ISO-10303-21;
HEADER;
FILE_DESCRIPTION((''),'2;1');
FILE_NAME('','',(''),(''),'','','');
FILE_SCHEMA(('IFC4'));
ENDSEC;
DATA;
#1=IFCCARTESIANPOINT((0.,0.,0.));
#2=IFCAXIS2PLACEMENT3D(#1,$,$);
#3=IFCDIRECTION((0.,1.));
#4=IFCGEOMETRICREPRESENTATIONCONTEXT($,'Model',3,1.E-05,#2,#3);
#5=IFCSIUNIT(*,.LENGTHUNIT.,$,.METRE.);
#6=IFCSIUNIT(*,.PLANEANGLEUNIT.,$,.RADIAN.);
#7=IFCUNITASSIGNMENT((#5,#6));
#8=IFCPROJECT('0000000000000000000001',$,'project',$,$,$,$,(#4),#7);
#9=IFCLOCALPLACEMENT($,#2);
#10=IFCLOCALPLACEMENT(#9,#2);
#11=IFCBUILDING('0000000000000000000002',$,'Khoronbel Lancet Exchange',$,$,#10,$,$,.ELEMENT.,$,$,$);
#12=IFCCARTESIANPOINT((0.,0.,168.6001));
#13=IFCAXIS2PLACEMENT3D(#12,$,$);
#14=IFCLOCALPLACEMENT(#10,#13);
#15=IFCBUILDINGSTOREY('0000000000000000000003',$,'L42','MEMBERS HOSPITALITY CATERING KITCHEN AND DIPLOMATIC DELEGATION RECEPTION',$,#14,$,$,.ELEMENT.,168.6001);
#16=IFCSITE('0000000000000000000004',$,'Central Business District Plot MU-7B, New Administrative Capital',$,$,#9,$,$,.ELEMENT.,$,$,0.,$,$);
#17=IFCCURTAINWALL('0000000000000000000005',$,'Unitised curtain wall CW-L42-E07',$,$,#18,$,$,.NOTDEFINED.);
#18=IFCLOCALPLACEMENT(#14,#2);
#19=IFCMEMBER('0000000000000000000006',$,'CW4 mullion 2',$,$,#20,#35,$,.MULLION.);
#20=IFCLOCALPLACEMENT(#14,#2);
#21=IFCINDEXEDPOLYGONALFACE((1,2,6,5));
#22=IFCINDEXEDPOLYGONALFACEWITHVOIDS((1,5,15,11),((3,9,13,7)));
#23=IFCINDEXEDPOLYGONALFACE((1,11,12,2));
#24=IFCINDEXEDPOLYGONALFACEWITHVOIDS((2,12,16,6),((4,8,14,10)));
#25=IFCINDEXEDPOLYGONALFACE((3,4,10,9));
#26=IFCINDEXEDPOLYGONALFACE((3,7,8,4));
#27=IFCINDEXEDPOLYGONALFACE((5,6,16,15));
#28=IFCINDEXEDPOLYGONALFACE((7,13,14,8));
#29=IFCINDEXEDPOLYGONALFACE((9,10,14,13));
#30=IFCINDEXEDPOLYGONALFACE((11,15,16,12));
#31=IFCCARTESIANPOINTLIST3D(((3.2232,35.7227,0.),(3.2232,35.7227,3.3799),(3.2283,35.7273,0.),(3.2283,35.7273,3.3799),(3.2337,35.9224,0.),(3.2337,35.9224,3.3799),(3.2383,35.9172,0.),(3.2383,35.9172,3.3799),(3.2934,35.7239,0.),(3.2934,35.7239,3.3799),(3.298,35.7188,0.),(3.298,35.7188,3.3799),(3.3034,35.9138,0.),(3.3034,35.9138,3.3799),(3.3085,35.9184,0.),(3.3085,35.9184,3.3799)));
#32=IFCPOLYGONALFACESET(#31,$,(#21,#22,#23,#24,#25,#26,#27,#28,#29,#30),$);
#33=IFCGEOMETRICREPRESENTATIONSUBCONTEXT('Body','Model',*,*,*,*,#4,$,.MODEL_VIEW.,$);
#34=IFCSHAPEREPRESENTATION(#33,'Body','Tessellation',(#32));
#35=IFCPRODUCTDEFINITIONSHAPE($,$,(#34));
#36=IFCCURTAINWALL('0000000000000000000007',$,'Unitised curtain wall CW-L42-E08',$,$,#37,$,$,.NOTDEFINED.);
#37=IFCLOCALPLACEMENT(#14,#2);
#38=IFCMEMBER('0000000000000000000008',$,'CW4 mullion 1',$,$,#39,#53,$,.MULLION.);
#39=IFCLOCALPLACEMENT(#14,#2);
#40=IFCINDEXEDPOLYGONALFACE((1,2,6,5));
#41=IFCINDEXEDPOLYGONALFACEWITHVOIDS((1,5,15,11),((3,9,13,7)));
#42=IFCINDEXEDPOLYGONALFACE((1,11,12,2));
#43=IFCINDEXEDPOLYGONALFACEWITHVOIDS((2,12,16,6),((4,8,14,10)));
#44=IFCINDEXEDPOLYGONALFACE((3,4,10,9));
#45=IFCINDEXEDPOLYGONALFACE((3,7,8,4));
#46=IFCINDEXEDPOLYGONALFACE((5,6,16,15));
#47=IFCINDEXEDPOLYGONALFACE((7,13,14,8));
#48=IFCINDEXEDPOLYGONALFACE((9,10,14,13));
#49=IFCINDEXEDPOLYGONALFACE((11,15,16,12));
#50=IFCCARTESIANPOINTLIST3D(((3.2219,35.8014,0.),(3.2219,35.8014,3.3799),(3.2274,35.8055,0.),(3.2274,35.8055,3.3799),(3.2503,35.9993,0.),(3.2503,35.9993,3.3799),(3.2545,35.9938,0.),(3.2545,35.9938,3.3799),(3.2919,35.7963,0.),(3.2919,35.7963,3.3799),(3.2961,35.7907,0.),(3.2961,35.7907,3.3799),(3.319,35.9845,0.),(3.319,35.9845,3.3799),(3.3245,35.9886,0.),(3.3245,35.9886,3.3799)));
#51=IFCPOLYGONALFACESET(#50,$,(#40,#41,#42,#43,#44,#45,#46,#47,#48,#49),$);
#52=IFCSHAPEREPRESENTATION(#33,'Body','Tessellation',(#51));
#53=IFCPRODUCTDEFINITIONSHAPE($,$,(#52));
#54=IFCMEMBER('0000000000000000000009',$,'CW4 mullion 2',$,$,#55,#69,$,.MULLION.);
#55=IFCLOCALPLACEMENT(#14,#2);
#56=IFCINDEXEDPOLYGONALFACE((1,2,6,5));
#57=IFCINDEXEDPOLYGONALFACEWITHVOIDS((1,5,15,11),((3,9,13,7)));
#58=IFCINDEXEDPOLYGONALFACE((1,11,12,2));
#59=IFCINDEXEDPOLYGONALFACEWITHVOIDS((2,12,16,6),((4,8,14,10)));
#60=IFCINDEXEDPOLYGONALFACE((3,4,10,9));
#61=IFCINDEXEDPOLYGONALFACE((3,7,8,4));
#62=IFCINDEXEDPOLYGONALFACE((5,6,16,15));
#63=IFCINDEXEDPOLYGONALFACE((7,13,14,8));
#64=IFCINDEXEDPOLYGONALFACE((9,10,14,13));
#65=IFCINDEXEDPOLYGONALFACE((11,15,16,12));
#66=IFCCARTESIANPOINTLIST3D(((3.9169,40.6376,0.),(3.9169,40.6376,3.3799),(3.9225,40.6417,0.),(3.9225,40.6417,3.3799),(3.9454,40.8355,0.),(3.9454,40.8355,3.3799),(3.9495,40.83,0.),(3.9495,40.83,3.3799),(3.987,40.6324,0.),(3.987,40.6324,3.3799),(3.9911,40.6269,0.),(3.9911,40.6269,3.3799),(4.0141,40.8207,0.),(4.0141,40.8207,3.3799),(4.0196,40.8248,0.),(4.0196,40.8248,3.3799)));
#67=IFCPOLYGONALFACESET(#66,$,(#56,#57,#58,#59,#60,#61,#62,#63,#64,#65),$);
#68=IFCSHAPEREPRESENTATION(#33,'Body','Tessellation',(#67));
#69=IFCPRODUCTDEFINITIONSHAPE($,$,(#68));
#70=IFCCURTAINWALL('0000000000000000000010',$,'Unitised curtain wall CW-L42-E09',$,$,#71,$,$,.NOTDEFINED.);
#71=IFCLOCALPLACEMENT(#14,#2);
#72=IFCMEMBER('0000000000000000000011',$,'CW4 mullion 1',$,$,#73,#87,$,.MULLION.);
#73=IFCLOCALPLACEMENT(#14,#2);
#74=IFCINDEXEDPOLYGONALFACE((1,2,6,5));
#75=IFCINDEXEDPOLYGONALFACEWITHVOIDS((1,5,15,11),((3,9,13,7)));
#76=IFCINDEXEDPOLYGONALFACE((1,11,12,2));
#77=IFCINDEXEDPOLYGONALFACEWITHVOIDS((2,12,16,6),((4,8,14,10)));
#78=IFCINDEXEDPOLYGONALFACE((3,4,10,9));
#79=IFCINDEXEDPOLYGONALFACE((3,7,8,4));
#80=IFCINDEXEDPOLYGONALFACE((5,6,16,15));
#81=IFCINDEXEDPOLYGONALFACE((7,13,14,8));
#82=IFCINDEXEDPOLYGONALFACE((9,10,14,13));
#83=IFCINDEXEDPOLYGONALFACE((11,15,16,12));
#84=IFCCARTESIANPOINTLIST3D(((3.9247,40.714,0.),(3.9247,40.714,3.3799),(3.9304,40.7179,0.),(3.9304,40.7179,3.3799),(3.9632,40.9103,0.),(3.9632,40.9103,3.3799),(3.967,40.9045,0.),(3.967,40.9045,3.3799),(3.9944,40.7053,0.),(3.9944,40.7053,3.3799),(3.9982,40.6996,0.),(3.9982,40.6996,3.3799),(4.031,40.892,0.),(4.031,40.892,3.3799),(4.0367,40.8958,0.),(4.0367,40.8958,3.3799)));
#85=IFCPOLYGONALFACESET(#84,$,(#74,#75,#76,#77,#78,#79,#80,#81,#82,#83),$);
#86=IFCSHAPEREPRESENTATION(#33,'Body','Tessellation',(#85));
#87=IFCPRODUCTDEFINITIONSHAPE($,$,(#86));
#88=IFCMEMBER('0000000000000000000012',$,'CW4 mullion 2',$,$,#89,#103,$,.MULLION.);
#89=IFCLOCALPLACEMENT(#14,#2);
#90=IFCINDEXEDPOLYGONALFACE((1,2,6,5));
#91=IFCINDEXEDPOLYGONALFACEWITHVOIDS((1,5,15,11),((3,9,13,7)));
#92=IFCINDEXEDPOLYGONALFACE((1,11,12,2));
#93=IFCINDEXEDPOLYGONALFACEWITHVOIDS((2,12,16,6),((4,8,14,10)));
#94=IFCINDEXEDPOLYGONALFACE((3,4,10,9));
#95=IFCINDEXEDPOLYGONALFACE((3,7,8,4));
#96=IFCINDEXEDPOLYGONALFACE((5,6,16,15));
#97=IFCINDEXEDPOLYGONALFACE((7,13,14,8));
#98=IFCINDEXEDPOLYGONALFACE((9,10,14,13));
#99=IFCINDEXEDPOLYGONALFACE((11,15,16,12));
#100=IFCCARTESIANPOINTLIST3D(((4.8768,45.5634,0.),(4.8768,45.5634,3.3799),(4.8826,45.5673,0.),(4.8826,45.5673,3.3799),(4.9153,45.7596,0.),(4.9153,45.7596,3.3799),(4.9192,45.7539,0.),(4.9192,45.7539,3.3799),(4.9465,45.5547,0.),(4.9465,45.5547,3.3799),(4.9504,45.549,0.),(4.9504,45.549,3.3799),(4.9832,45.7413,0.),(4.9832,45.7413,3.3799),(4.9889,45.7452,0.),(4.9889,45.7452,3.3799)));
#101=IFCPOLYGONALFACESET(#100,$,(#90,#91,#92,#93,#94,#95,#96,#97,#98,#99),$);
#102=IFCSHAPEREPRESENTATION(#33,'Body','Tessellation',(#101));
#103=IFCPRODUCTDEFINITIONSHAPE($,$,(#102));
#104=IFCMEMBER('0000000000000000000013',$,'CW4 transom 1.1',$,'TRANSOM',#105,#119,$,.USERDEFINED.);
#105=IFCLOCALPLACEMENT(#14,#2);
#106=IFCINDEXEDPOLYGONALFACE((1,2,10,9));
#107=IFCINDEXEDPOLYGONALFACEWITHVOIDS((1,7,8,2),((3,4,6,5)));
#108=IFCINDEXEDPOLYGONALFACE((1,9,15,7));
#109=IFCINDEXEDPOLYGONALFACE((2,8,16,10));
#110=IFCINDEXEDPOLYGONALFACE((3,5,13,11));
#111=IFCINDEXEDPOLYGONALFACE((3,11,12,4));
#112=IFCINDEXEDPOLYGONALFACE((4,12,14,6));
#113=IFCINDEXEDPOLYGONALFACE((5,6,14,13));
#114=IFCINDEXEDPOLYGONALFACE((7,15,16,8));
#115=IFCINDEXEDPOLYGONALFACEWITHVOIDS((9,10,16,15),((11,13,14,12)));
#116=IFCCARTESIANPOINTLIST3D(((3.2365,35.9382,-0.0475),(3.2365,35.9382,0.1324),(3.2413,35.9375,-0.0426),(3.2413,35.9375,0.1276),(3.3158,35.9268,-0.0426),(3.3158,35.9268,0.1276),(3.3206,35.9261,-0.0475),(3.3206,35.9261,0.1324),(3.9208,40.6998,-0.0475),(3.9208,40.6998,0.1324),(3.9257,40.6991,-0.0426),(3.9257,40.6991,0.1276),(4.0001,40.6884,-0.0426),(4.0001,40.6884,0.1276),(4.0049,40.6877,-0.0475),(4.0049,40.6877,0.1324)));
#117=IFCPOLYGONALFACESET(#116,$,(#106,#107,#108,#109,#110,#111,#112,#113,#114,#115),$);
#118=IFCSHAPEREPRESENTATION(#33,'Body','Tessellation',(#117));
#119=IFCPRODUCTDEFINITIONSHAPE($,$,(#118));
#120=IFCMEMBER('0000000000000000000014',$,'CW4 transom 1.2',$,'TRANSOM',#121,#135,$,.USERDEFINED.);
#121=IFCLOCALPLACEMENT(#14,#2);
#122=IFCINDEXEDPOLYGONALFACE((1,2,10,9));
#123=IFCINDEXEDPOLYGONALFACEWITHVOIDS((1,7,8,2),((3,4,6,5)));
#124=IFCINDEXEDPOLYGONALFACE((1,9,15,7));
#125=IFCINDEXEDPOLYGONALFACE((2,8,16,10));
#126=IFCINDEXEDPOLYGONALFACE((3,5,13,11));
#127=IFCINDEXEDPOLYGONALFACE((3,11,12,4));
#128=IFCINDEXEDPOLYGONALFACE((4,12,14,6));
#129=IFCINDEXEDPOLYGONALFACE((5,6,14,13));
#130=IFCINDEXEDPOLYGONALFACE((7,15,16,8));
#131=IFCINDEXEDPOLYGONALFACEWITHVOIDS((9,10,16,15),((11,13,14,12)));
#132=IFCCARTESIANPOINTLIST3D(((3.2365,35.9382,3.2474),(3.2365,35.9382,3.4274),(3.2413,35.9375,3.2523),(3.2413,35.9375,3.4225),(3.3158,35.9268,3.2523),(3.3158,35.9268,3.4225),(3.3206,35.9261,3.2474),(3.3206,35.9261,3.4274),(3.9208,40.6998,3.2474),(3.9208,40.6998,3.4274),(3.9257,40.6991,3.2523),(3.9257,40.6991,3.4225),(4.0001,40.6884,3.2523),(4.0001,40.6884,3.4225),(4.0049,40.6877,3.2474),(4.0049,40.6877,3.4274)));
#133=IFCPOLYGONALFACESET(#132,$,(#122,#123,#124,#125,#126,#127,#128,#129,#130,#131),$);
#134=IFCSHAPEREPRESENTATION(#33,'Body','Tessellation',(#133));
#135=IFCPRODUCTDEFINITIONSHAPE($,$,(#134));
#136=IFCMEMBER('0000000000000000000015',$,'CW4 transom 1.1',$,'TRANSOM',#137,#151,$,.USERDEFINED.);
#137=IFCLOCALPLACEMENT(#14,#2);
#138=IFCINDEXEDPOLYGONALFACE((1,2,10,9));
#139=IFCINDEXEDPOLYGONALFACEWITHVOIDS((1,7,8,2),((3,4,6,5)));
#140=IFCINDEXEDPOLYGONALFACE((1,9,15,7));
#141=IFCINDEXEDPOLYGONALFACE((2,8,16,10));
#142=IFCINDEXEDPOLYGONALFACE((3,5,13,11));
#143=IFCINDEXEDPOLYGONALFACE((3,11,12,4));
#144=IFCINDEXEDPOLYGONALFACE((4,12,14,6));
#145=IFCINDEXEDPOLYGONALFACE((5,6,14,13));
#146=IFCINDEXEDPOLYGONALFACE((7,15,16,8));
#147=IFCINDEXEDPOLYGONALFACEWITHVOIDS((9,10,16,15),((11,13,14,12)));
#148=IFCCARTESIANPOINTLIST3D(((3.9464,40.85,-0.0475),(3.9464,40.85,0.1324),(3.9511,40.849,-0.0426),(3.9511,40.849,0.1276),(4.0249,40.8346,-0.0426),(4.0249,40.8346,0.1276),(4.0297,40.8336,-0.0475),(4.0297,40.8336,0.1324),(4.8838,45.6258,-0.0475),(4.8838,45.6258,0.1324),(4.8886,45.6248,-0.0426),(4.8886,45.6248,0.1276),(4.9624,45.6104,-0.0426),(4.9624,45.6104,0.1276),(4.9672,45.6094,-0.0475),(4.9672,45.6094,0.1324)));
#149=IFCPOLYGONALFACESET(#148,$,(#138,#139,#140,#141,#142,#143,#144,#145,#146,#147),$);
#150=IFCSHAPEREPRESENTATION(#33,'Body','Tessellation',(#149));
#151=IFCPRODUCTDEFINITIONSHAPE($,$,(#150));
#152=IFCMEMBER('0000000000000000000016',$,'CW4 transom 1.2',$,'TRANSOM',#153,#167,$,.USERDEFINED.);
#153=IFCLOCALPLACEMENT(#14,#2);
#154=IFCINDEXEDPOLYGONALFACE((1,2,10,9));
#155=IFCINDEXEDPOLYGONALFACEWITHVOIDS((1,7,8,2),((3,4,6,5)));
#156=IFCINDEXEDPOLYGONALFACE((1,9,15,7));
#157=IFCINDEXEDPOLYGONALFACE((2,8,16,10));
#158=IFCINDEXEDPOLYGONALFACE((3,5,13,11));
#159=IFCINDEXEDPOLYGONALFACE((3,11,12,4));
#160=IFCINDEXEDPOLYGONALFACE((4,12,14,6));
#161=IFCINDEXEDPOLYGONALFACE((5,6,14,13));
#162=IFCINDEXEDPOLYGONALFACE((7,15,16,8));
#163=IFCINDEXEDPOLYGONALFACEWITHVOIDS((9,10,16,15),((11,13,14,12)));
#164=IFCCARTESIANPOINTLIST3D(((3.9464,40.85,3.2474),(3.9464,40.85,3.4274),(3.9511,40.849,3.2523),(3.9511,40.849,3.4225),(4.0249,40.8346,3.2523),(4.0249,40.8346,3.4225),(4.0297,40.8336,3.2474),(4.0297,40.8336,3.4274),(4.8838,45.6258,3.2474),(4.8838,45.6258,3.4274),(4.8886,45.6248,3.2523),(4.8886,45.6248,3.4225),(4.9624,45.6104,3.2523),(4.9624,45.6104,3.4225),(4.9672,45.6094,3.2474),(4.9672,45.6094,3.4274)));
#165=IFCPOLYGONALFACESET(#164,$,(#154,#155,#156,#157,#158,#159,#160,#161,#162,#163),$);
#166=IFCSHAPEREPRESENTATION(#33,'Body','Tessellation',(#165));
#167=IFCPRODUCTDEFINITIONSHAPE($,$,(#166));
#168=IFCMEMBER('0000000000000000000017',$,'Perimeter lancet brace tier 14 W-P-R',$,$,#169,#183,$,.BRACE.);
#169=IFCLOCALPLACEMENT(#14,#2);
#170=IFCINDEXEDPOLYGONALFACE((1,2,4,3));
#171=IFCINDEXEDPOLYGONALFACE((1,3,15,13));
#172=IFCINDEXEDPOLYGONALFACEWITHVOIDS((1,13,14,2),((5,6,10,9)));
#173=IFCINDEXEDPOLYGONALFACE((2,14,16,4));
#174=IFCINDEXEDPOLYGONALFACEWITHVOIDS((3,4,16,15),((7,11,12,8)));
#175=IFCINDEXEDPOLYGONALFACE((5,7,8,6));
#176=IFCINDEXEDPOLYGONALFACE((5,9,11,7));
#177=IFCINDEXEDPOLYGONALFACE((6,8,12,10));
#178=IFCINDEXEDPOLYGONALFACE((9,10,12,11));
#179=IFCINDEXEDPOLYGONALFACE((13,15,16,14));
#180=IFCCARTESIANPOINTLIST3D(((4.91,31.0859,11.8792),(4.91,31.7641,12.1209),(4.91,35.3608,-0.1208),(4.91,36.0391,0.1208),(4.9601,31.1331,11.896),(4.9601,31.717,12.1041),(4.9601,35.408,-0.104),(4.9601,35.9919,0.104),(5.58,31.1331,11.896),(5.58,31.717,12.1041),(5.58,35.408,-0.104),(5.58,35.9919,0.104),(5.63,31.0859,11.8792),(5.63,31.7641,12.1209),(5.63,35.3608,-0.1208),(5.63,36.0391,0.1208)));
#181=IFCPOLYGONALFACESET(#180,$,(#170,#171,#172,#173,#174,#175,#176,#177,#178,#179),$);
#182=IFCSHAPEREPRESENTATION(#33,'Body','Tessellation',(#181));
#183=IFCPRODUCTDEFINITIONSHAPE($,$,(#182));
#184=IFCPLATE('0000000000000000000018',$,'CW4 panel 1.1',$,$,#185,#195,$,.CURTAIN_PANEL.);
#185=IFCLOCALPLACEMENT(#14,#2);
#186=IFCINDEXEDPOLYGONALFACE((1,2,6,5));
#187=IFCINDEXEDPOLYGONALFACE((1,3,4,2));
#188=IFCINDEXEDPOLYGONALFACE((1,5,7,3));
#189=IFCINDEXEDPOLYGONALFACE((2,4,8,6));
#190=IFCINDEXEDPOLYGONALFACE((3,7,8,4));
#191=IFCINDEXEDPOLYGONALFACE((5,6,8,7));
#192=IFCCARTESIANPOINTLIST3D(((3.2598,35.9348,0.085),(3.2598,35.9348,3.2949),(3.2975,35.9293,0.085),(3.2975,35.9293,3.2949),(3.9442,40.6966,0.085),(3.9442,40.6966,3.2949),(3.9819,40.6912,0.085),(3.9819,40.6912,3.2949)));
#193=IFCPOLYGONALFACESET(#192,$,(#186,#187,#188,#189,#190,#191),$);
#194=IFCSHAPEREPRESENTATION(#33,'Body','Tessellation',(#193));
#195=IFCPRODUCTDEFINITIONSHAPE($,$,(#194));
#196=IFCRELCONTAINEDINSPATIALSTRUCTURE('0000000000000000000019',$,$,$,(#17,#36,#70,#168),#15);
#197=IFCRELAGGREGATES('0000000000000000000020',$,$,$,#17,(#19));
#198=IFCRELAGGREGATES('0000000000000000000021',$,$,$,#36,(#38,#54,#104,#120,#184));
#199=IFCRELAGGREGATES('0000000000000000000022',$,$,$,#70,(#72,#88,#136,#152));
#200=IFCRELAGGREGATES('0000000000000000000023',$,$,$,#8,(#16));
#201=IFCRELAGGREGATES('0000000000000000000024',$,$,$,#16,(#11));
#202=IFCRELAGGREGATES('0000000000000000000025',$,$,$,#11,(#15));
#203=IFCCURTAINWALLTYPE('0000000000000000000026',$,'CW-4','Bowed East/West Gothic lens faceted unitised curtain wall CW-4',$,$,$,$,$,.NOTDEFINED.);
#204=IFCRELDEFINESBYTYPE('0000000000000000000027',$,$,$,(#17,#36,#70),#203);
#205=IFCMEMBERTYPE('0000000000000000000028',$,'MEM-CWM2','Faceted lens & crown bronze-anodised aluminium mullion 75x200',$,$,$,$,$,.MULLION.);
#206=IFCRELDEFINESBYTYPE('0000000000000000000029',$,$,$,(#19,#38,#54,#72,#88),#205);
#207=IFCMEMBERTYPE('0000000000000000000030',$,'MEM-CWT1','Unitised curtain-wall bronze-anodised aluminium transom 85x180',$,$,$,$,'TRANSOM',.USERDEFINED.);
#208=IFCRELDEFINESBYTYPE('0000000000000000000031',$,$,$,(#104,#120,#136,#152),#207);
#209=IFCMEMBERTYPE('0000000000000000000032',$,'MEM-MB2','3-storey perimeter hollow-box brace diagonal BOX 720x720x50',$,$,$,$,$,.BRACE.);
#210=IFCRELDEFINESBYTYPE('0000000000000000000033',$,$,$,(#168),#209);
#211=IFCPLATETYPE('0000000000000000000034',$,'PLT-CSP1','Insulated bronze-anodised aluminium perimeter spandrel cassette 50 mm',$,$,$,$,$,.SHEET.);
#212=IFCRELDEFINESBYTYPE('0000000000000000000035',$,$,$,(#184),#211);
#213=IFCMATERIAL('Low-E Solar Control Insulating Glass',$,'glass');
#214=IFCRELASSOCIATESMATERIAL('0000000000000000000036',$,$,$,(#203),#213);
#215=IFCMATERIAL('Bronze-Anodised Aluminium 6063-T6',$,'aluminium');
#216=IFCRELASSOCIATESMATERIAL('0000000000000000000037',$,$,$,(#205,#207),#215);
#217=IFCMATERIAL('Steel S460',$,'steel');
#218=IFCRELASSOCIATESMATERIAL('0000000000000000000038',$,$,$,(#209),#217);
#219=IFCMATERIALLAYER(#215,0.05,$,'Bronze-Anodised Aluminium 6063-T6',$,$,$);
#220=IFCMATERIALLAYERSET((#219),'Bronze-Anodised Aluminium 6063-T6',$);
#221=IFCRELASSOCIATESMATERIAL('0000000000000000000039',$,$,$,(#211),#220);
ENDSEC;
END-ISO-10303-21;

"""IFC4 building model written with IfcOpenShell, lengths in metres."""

from ifc_helpers import new_model, si_unit, direction, frame, origin, origin_2d, place, context, subcontext, project, spatial, rectangle, hollow_rectangle, extrude, material, layer, layer_set, material_profile, profile_set, type_object, element, aggregate, save


model = new_model("IFC4")

# Units and contexts
model_context = context("Model", 3, precision=1e-05, world=origin(), true_north=direction((0.0, 1.0)))
body_context = subcontext(model_context, "Body", "Model", "MODEL_VIEW")
ifc_project = project(units=[si_unit("LENGTHUNIT", "METRE"), si_unit("PLANEANGLEUNIT", "RADIAN")], contexts=[model_context])

# Site, building, storey
site_placement = place(None, origin())
site = spatial("IfcSite", under=ifc_project, at=site_placement, Name="Central Business District Plot MU-7B, New Administrative Capital", CompositionType="ELEMENT", RefElevation=0.0)
building_placement = place(site_placement, origin())
building = spatial("IfcBuilding", under=site, at=building_placement, Name="Khoronbel Lancet Exchange", CompositionType="ELEMENT")
storey_placement = place(building_placement, frame((0.0, 0.0, 168.6001)))
storey = spatial("IfcBuildingStorey", under=building, at=storey_placement, Name="L42", Description="MEMBERS HOSPITALITY CATERING KITCHEN AND DIPLOMATIC DELEGATION RECEPTION", CompositionType="ELEMENT", Elevation=168.6001)

# Shared definitions
ifc_material_1 = material(Name="Steel S460", Category="steel")

# Curtain wall, member
ifc_material_2 = material(Name="Low-E Solar Control Insulating Glass", Category="glass")
curtain_wall_type = type_object("IfcCurtainWallType", Name="CW-4", Description="Bowed East/West Gothic lens faceted unitised curtain wall CW-4", PredefinedType="NOTDEFINED", material=ifc_material_2)
curtain_wall_1_placement = place(storey_placement, origin())
curtain_wall_1 = element("IfcCurtainWall", 1, at=curtain_wall_1_placement, inside=storey, type_object=curtain_wall_type, Name="Unitised curtain wall CW-L42-E07", PredefinedType="NOTDEFINED")
ifc_material_3 = material(Name="Bronze-Anodised Aluminium 6063-T6", Category="aluminium")
ifc_material_profile_1 = material_profile(ifc_material_3, hollow_rectangle(XDim=0.075, YDim=0.2, WallThickness=0.0049, at=origin_2d()), Name="ALU MULLION 75x200")
ifc_profile_set_1 = profile_set([ifc_material_profile_1], Name="Bronze-Anodised Aluminium 6063-T6")
member_type_1 = type_object("IfcMemberType", Name="MEM-CWM2", Description="Faceted lens & crown bronze-anodised aluminium mullion 75x200", PredefinedType="MULLION", material=ifc_profile_set_1)
member_1_placement = place(storey_placement, frame((3.2659, 35.8206, 0.0), z_axis=(0.0, 0.0, 1.0), x_axis=(-0.998619, 0.052536, 0.0)))
member_1 = element("IfcMember", 2, at=member_1_placement, type_object=member_type_1, Name="CW4 mullion 2", PredefinedType="MULLION", context=body_context, shape_type="SweptSolid", body=[
    extrude(hollow_rectangle(XDim=0.075, YDim=0.2, WallThickness=0.0049, at=origin_2d()), origin(), (0.0, 0.0, 1.0), 3.3799),
])
aggregate(curtain_wall_1, [member_1])

# Curtain walls, members
curtain_wall_2_placement = place(storey_placement, origin())
curtain_wall_2 = element("IfcCurtainWall", 3, at=curtain_wall_2_placement, inside=storey, type_object=curtain_wall_type, Name="Unitised curtain wall CW-L42-E08", PredefinedType="NOTDEFINED")
member_2_placement = place(storey_placement, frame((3.2732, 35.895, 0.0), z_axis=(0.0, 0.0, 1.0), x_axis=(-0.98983, 0.142257, 0.0)))
member_2 = element("IfcMember", 4, at=member_2_placement, type_object=member_type_1, Name="CW4 mullion 1", PredefinedType="MULLION", context=body_context, shape_type="SweptSolid", body=[
    extrude(hollow_rectangle(XDim=0.075, YDim=0.2, WallThickness=0.0049, at=origin_2d()), origin(), (0.0, 0.0, 1.0), 3.3799),
])
member_3_placement = place(storey_placement, frame((3.9683, 40.7312, 0.0), z_axis=(0.0, 0.0, 1.0), x_axis=(-0.98983, 0.142257, 0.0)))
member_3 = element("IfcMember", 5, at=member_3_placement, type_object=member_type_1, Name="CW4 mullion 2", PredefinedType="MULLION", context=body_context, shape_type="SweptSolid", body=[
    extrude(hollow_rectangle(XDim=0.075, YDim=0.2, WallThickness=0.0049, at=origin_2d()), origin(), (0.0, 0.0, 1.0), 3.3799),
])
curtain_wall_3_placement = place(storey_placement, origin())
curtain_wall_3 = element("IfcCurtainWall", 6, at=curtain_wall_3_placement, inside=storey, type_object=curtain_wall_type, Name="Unitised curtain wall CW-L42-E09", PredefinedType="NOTDEFINED")
member_4_placement = place(storey_placement, frame((3.9807, 40.8049, 0.0), z_axis=(0.0, 0.0, 1.0), x_axis=(-0.981272, 0.192627, 0.0)))
member_4 = element("IfcMember", 7, at=member_4_placement, type_object=member_type_1, Name="CW4 mullion 1", PredefinedType="MULLION", context=body_context, shape_type="SweptSolid", body=[
    extrude(hollow_rectangle(XDim=0.075, YDim=0.2, WallThickness=0.0049, at=origin_2d()), origin(), (0.0, 0.0, 1.0), 3.3799),
])
member_5_placement = place(storey_placement, frame((4.9329, 45.6543, 0.0), z_axis=(0.0, 0.0, 1.0), x_axis=(-0.981272, 0.192627, 0.0)))
member_5 = element("IfcMember", 8, at=member_5_placement, type_object=member_type_1, Name="CW4 mullion 2", PredefinedType="MULLION", context=body_context, shape_type="SweptSolid", body=[
    extrude(hollow_rectangle(XDim=0.075, YDim=0.2, WallThickness=0.0049, at=origin_2d()), origin(), (0.0, 0.0, 1.0), 3.3799),
])

# Members
ifc_material_profile_2 = material_profile(ifc_material_3, hollow_rectangle(XDim=0.085, YDim=0.1799, WallThickness=0.0049, at=origin_2d()), Name="ALU TRANSOM 85x180")
ifc_profile_set_2 = profile_set([ifc_material_profile_2], Name="Bronze-Anodised Aluminium 6063-T6")
member_type_2 = type_object("IfcMemberType", Name="MEM-CWT1", Description="Unitised curtain-wall bronze-anodised aluminium transom 85x180", ElementType="TRANSOM", PredefinedType="USERDEFINED", material=ifc_profile_set_2)
member_6_placement = place(storey_placement, frame((3.2786, 35.9321, 0.0425), z_axis=(0.142253, 0.98983, 0.0), x_axis=(-0.98983, 0.142253, 0.0)))
member_6 = element("IfcMember", 9, at=member_6_placement, type_object=member_type_2, Name="CW4 transom 1.1", ObjectType="TRANSOM", PredefinedType="USERDEFINED", context=body_context, shape_type="SweptSolid", body=[
    extrude(hollow_rectangle(XDim=0.085, YDim=0.1799, WallThickness=0.0049, at=origin_2d()), origin(), (0.0, 0.0, 1.0), 4.8105),
])
member_7_placement = place(storey_placement, frame((3.2786, 35.9321, 3.3374), z_axis=(0.142253, 0.98983, 0.0), x_axis=(-0.98983, 0.142253, 0.0)))
member_7 = element("IfcMember", 10, at=member_7_placement, type_object=member_type_2, Name="CW4 transom 1.2", ObjectType="TRANSOM", PredefinedType="USERDEFINED", context=body_context, shape_type="SweptSolid", body=[
    extrude(hollow_rectangle(XDim=0.085, YDim=0.1799, WallThickness=0.0049, at=origin_2d()), origin(), (0.0, 0.0, 1.0), 4.8105),
])
member_8_placement = place(storey_placement, frame((3.988, 40.8418, 0.0425), z_axis=(0.192623, 0.981273, 0.0), x_axis=(-0.981273, 0.192623, 0.0)))
member_8 = element("IfcMember", 11, at=member_8_placement, type_object=member_type_2, Name="CW4 transom 1.1", ObjectType="TRANSOM", PredefinedType="USERDEFINED", context=body_context, shape_type="SweptSolid", body=[
    extrude(hollow_rectangle(XDim=0.085, YDim=0.1799, WallThickness=0.0049, at=origin_2d()), origin(), (0.0, 0.0, 1.0), 4.8669),
])
member_9_placement = place(storey_placement, frame((3.988, 40.8418, 3.3374), z_axis=(0.192623, 0.981273, 0.0), x_axis=(-0.981273, 0.192623, 0.0)))
member_9 = element("IfcMember", 12, at=member_9_placement, type_object=member_type_2, Name="CW4 transom 1.2", ObjectType="TRANSOM", PredefinedType="USERDEFINED", context=body_context, shape_type="SweptSolid", body=[
    extrude(hollow_rectangle(XDim=0.085, YDim=0.1799, WallThickness=0.0049, at=origin_2d()), origin(), (0.0, 0.0, 1.0), 4.8669),
])
ifc_material_profile_3 = material_profile(ifc_material_1, hollow_rectangle(XDim=0.72, YDim=0.72, WallThickness=0.05, at=origin_2d()), Name="BOX 720x720x50")
ifc_profile_set_3 = profile_set([ifc_material_profile_3], Name="Steel S460")
member_type_3 = type_object("IfcMemberType", Name="MEM-MB2", Description="3-storey perimeter hollow-box brace diagonal BOX 720x720x50", PredefinedType="BRACE", material=ifc_profile_set_3)
member_10_placement = place(storey_placement, frame((5.27, 35.7, 0.0), z_axis=(0.0, -0.335584, 0.94201), x_axis=(1.0, 0.0, 0.0)))
element("IfcMember", 13, at=member_10_placement, inside=storey, type_object=member_type_3, Name="Perimeter lancet brace tier 14 W-P-R", PredefinedType="BRACE", context=body_context, shape_type="SweptSolid", body=[
    extrude(hollow_rectangle(XDim=0.72, YDim=0.72, WallThickness=0.05, at=origin_2d()), origin(), (0.0, 0.0, 1.0), 12.7388),
])

# Plate
ifc_layer_1 = layer(ifc_material_3, 0.05, Name="Bronze-Anodised Aluminium 6063-T6")
ifc_layer_set_1 = layer_set([ifc_layer_1], Name="Bronze-Anodised Aluminium 6063-T6")
plate_type_1 = type_object("IfcPlateType", Name="PLT-CSP1", Description="Insulated bronze-anodised aluminium perimeter spandrel cassette 50 mm", PredefinedType="SHEET", material=ifc_layer_set_1)
plate_1_placement = place(storey_placement, frame((3.6208, 38.313, 0.085), z_axis=(0.0, 0.0, 1.0), x_axis=(0.142257, 0.98983, 0.0)))
plate_1 = element("IfcPlate", 14, at=plate_1_placement, type_object=plate_type_1, Name="CW4 panel 1.1", PredefinedType="CURTAIN_PANEL", context=body_context, shape_type="SweptSolid", body=[
    extrude(rectangle(XDim=4.8108, YDim=0.0381, at=origin_2d()), origin(), (0.0, 0.0, 1.0), 3.21),
])
aggregate(curtain_wall_2, [member_2, member_3, member_6, member_7, plate_1])
aggregate(curtain_wall_3, [member_4, member_5, member_8, member_9])

save(model, "model.ifc")
